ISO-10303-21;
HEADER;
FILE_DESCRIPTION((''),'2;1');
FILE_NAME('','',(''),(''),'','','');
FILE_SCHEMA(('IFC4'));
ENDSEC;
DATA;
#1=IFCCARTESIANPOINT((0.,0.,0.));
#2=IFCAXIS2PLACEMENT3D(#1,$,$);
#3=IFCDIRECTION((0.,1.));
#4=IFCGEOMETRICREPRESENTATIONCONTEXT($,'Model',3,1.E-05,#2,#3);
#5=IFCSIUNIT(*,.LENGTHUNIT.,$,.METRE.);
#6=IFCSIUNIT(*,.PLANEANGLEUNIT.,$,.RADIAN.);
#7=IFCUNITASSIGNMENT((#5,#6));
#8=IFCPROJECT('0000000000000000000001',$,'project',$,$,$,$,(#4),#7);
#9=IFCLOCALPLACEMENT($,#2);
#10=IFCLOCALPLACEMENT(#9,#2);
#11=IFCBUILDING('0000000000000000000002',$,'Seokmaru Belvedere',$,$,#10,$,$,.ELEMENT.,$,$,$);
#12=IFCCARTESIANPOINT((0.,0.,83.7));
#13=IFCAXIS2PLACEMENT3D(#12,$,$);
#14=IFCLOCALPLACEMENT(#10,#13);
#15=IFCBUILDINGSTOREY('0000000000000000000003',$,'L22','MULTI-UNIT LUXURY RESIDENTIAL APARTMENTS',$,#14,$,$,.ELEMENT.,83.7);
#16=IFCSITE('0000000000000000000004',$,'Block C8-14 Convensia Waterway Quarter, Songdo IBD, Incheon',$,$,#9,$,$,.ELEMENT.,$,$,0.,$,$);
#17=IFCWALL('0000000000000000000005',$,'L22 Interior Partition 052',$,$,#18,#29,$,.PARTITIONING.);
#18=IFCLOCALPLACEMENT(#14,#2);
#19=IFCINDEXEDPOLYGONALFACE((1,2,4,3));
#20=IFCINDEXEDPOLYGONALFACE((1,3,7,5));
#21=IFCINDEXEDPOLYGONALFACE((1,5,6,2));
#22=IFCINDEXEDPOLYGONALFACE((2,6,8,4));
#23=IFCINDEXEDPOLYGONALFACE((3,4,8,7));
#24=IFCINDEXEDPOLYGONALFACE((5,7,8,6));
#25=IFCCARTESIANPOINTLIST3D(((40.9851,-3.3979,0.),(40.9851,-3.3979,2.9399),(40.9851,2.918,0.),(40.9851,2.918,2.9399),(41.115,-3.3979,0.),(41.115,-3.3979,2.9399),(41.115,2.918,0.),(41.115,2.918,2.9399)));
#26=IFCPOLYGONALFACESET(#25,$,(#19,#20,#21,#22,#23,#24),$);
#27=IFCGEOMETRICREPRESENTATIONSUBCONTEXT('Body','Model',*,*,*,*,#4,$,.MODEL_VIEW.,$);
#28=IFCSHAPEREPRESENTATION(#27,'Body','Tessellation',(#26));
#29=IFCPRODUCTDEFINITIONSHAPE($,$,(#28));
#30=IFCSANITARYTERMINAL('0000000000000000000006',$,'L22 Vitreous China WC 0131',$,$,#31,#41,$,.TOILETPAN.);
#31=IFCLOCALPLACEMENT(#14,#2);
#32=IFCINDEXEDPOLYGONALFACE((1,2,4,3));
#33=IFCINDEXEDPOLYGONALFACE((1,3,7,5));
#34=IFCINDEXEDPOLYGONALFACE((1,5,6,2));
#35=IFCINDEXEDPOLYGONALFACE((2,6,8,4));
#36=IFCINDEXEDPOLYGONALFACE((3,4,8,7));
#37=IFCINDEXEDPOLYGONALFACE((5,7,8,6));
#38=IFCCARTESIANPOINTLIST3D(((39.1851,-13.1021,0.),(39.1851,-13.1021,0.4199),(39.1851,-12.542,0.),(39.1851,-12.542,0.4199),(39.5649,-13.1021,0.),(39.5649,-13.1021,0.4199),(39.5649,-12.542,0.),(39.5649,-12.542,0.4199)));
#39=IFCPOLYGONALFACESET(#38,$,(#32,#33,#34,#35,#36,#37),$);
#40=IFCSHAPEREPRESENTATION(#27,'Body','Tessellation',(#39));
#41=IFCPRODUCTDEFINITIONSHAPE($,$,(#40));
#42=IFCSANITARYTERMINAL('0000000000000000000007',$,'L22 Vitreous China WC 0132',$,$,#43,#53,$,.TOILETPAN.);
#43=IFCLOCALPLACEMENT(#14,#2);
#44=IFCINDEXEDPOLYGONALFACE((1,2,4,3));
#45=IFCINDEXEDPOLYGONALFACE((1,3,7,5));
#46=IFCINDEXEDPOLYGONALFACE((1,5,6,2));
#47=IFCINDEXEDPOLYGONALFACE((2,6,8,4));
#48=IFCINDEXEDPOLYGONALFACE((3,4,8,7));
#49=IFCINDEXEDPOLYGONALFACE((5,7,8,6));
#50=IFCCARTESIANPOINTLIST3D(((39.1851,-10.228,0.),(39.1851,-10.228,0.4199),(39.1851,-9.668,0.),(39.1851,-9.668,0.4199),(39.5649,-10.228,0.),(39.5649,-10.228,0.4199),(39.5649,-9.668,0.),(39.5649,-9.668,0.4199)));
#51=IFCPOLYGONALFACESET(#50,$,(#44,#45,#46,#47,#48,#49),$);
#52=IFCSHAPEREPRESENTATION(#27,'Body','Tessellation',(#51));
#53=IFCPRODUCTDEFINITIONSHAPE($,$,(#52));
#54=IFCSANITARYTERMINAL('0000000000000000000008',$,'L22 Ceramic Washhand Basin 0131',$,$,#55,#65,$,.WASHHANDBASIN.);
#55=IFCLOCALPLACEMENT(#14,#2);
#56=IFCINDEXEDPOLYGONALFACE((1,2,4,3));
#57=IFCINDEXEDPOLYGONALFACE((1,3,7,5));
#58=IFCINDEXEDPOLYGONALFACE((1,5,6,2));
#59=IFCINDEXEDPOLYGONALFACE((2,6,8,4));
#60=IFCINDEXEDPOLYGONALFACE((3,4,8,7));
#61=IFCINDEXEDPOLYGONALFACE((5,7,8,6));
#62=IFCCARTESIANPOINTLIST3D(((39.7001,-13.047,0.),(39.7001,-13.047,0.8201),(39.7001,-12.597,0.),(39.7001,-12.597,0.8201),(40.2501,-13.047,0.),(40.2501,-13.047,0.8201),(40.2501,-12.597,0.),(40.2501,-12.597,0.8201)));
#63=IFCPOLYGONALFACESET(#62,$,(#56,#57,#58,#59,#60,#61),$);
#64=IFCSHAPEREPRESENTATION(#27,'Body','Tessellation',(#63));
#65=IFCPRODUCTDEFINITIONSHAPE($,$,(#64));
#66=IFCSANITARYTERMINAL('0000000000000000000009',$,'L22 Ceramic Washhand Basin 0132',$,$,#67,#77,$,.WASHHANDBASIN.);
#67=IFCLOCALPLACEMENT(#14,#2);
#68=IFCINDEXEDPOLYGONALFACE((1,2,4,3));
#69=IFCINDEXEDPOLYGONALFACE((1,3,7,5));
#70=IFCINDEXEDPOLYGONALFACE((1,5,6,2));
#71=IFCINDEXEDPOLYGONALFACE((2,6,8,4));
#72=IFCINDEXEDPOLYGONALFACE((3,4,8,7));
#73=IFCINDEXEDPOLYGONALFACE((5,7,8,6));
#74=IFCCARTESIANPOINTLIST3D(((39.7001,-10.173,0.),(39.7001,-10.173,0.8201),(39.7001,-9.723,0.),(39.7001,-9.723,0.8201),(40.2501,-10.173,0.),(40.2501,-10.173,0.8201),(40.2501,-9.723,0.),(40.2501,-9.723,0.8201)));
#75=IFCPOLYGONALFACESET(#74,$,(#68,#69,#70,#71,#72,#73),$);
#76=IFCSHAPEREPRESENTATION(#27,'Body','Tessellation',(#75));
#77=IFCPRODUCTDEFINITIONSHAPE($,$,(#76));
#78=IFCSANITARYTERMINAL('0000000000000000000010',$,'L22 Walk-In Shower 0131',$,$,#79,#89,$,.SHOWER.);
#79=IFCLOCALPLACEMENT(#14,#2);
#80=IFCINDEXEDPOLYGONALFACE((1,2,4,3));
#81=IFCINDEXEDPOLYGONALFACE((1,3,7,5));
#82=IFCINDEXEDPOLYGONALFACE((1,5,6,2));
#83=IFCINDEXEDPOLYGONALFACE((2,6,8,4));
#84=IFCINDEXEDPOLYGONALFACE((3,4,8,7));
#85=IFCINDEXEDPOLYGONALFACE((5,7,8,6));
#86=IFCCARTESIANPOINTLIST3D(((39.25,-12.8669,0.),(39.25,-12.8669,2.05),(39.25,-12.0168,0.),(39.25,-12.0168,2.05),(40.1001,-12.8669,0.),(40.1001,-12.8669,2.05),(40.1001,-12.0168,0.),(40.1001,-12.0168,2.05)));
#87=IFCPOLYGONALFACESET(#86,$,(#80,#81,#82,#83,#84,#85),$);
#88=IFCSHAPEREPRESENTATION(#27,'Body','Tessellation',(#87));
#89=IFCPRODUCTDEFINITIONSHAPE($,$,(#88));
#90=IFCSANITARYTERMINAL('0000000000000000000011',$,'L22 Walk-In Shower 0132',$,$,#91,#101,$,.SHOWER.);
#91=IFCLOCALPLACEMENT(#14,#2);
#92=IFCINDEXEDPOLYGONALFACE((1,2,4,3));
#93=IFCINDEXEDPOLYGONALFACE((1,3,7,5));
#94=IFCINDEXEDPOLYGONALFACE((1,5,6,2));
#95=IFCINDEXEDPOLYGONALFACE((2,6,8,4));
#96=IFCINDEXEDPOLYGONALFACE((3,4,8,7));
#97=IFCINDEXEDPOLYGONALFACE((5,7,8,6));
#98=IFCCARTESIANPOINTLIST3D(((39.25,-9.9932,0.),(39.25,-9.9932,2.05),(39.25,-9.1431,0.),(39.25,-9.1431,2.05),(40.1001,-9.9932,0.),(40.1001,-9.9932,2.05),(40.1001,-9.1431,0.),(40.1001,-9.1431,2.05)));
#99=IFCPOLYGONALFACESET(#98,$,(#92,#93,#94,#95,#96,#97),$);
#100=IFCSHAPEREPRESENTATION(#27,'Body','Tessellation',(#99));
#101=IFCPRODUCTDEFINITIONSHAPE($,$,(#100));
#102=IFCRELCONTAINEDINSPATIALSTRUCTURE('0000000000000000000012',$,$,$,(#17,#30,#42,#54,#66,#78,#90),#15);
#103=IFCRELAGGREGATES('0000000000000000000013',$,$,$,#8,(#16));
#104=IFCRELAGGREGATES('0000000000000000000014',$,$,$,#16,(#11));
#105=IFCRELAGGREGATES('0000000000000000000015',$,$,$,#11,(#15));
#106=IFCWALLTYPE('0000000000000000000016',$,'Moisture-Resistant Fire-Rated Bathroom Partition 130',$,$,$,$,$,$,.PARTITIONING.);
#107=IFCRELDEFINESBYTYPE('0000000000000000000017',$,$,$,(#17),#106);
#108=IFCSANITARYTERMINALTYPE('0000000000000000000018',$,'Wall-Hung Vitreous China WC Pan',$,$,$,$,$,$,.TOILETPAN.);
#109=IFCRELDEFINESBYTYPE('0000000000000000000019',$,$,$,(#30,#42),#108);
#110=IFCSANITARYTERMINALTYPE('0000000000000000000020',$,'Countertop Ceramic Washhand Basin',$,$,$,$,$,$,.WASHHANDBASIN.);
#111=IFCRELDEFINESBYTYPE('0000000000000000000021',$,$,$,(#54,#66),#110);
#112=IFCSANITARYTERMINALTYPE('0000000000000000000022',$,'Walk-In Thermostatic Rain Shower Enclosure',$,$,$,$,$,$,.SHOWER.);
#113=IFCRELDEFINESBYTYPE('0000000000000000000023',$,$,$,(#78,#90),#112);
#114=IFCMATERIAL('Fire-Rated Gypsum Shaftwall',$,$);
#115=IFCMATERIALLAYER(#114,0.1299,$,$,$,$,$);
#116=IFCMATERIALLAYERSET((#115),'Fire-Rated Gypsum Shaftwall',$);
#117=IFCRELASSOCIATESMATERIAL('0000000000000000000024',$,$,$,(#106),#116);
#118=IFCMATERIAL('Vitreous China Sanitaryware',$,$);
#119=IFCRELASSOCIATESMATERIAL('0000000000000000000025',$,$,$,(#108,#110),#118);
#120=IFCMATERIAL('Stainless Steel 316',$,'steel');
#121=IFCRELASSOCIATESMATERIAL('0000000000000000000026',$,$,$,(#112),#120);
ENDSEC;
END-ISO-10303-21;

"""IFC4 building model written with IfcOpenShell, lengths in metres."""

from ifc_helpers import new_model, si_unit, direction, frame, frame_2d, origin, origin_2d, place, context, subcontext, project, spatial, rectangle, extrude, source, transform, mapped, material, layer, layer_set, type_object, type_shapes, element, save


model = new_model("IFC4")

# Units and contexts
model_context = context("Model", 3, precision=1e-05, world=origin(), true_north=direction((0.0, 1.0)))
body_context = subcontext(model_context, "Body", "Model", "MODEL_VIEW")
ifc_project = project(units=[si_unit("LENGTHUNIT", "METRE"), si_unit("PLANEANGLEUNIT", "RADIAN")], contexts=[model_context])

# Site, building, storey
site_placement = place(None, origin())
site = spatial("IfcSite", under=ifc_project, at=site_placement, Name="Block C8-14 Convensia Waterway Quarter, Songdo IBD, Incheon", CompositionType="ELEMENT", RefElevation=0.0)
building_placement = place(site_placement, origin())
building = spatial("IfcBuilding", under=site, at=building_placement, Name="Seokmaru Belvedere", CompositionType="ELEMENT")
storey_placement = place(building_placement, frame((0.0, 0.0, 83.7)))
storey = spatial("IfcBuildingStorey", under=building, at=storey_placement, Name="L22", Description="MULTI-UNIT LUXURY RESIDENTIAL APARTMENTS", CompositionType="ELEMENT", Elevation=83.7)

# Shared definitions
ifc_material_1 = material(Name="Fire-Rated Gypsum Shaftwall")

# Wall
ifc_layer_1 = layer(ifc_material_1, 0.1299)
ifc_layer_set_1 = layer_set([ifc_layer_1], Name="Fire-Rated Gypsum Shaftwall")
wall_type_1 = type_object("IfcWallType", Name="Moisture-Resistant Fire-Rated Bathroom Partition 130", PredefinedType="PARTITIONING", material=ifc_layer_set_1)
wall_1_placement = place(storey_placement, frame((41.05, -3.3979, 0.0), z_axis=(0.0, 0.0, 1.0), x_axis=(0.0, 1.0, 0.0)))
element("IfcWall", 1, at=wall_1_placement, inside=storey, type_object=wall_type_1, Name="L22 Interior Partition 052", PredefinedType="PARTITIONING", context=body_context, shape_type="SweptSolid", body=[
    extrude(rectangle(XDim=6.3159, YDim=0.1299, at=frame_2d((3.158, 0.0))), origin(), (0.0, 0.0, 1.0), 2.9399),
])

# Sanitary terminals
ifc_material_2 = material(Name="Vitreous China Sanitaryware")
sanitary_terminal_type_1 = type_object("IfcSanitaryTerminalType", Name="Wall-Hung Vitreous China WC Pan", PredefinedType="TOILETPAN", material=ifc_material_2)
shared_shape_1 = source(origin(), body_context, "Body", "SweptSolid", [
    extrude(rectangle(XDim=0.3799, YDim=0.5601, at=origin_2d()), origin(), (0.0, 0.0, 1.0), 0.4199),
])
type_shapes(sanitary_terminal_type_1, [shared_shape_1])
for number, where, z_axis, x_axis, name in (
    (2, (39.375, -12.822, 0.0), (0.0, 0.0, 1.0), (1.0, 0.0, 0.0), "L22 Vitreous China WC 0131"),
    (3, (39.375, -9.948, 0.0), (0.0, 0.0, 1.0), (1.0, 0.0, 0.0), "L22 Vitreous China WC 0132"),
):
    element("IfcSanitaryTerminal", number, at=place(storey_placement, frame(where, z_axis=z_axis, x_axis=x_axis)), inside=storey, type_object=sanitary_terminal_type_1, Name=name, PredefinedType="TOILETPAN", context=body_context, shape_type="MappedRepresentation", body=[
        mapped(shared_shape_1, transform((0.0, 0.0, 0.0), scale=1.0)),
    ])
sanitary_terminal_type_2 = type_object("IfcSanitaryTerminalType", Name="Countertop Ceramic Washhand Basin", PredefinedType="WASHHANDBASIN", material=ifc_material_2)
shared_shape_2 = source(origin(), body_context, "Body", "SweptSolid", [
    extrude(rectangle(XDim=0.55, YDim=0.45, at=origin_2d()), origin(), (0.0, 0.0, 1.0), 0.8201),
])
type_shapes(sanitary_terminal_type_2, [shared_shape_2])
for number, where, z_axis, x_axis, name in (
    (4, (39.9751, -12.822, 0.0), (0.0, 0.0, 1.0), (1.0, 0.0, 0.0), "L22 Ceramic Washhand Basin 0131"),
    (5, (39.9751, -9.948, 0.0), (0.0, 0.0, 1.0), (1.0, 0.0, 0.0), "L22 Ceramic Washhand Basin 0132"),
):
    element("IfcSanitaryTerminal", number, at=place(storey_placement, frame(where, z_axis=z_axis, x_axis=x_axis)), inside=storey, type_object=sanitary_terminal_type_2, Name=name, PredefinedType="WASHHANDBASIN", context=body_context, shape_type="MappedRepresentation", body=[
        mapped(shared_shape_2, transform((0.0, 0.0, 0.0), scale=1.0)),
    ])
ifc_material_3 = material(Name="Stainless Steel 316", Category="steel")
sanitary_terminal_type_3 = type_object("IfcSanitaryTerminalType", Name="Walk-In Thermostatic Rain Shower Enclosure", PredefinedType="SHOWER", material=ifc_material_3)
shared_shape_3 = source(origin(), body_context, "Body", "SweptSolid", [
    extrude(rectangle(XDim=0.8501, YDim=0.8501, at=origin_2d()), origin(), (0.0, 0.0, 1.0), 2.05),
])
type_shapes(sanitary_terminal_type_3, [shared_shape_3])
for number, where, z_axis, x_axis, name in (
    (6, (39.675, -12.4419, 0.0), (0.0, 0.0, 1.0), (1.0, 0.0, 0.0), "L22 Walk-In Shower 0131"),
    (7, (39.675, -9.5681, 0.0), (0.0, 0.0, 1.0), (1.0, 0.0, 0.0), "L22 Walk-In Shower 0132"),
):
    element("IfcSanitaryTerminal", number, at=place(storey_placement, frame(where, z_axis=z_axis, x_axis=x_axis)), inside=storey, type_object=sanitary_terminal_type_3, Name=name, PredefinedType="SHOWER", context=body_context, shape_type="MappedRepresentation", body=[
        mapped(shared_shape_3, transform((0.0, 0.0, 0.0), scale=1.0)),
    ])

save(model, "model.ifc")
